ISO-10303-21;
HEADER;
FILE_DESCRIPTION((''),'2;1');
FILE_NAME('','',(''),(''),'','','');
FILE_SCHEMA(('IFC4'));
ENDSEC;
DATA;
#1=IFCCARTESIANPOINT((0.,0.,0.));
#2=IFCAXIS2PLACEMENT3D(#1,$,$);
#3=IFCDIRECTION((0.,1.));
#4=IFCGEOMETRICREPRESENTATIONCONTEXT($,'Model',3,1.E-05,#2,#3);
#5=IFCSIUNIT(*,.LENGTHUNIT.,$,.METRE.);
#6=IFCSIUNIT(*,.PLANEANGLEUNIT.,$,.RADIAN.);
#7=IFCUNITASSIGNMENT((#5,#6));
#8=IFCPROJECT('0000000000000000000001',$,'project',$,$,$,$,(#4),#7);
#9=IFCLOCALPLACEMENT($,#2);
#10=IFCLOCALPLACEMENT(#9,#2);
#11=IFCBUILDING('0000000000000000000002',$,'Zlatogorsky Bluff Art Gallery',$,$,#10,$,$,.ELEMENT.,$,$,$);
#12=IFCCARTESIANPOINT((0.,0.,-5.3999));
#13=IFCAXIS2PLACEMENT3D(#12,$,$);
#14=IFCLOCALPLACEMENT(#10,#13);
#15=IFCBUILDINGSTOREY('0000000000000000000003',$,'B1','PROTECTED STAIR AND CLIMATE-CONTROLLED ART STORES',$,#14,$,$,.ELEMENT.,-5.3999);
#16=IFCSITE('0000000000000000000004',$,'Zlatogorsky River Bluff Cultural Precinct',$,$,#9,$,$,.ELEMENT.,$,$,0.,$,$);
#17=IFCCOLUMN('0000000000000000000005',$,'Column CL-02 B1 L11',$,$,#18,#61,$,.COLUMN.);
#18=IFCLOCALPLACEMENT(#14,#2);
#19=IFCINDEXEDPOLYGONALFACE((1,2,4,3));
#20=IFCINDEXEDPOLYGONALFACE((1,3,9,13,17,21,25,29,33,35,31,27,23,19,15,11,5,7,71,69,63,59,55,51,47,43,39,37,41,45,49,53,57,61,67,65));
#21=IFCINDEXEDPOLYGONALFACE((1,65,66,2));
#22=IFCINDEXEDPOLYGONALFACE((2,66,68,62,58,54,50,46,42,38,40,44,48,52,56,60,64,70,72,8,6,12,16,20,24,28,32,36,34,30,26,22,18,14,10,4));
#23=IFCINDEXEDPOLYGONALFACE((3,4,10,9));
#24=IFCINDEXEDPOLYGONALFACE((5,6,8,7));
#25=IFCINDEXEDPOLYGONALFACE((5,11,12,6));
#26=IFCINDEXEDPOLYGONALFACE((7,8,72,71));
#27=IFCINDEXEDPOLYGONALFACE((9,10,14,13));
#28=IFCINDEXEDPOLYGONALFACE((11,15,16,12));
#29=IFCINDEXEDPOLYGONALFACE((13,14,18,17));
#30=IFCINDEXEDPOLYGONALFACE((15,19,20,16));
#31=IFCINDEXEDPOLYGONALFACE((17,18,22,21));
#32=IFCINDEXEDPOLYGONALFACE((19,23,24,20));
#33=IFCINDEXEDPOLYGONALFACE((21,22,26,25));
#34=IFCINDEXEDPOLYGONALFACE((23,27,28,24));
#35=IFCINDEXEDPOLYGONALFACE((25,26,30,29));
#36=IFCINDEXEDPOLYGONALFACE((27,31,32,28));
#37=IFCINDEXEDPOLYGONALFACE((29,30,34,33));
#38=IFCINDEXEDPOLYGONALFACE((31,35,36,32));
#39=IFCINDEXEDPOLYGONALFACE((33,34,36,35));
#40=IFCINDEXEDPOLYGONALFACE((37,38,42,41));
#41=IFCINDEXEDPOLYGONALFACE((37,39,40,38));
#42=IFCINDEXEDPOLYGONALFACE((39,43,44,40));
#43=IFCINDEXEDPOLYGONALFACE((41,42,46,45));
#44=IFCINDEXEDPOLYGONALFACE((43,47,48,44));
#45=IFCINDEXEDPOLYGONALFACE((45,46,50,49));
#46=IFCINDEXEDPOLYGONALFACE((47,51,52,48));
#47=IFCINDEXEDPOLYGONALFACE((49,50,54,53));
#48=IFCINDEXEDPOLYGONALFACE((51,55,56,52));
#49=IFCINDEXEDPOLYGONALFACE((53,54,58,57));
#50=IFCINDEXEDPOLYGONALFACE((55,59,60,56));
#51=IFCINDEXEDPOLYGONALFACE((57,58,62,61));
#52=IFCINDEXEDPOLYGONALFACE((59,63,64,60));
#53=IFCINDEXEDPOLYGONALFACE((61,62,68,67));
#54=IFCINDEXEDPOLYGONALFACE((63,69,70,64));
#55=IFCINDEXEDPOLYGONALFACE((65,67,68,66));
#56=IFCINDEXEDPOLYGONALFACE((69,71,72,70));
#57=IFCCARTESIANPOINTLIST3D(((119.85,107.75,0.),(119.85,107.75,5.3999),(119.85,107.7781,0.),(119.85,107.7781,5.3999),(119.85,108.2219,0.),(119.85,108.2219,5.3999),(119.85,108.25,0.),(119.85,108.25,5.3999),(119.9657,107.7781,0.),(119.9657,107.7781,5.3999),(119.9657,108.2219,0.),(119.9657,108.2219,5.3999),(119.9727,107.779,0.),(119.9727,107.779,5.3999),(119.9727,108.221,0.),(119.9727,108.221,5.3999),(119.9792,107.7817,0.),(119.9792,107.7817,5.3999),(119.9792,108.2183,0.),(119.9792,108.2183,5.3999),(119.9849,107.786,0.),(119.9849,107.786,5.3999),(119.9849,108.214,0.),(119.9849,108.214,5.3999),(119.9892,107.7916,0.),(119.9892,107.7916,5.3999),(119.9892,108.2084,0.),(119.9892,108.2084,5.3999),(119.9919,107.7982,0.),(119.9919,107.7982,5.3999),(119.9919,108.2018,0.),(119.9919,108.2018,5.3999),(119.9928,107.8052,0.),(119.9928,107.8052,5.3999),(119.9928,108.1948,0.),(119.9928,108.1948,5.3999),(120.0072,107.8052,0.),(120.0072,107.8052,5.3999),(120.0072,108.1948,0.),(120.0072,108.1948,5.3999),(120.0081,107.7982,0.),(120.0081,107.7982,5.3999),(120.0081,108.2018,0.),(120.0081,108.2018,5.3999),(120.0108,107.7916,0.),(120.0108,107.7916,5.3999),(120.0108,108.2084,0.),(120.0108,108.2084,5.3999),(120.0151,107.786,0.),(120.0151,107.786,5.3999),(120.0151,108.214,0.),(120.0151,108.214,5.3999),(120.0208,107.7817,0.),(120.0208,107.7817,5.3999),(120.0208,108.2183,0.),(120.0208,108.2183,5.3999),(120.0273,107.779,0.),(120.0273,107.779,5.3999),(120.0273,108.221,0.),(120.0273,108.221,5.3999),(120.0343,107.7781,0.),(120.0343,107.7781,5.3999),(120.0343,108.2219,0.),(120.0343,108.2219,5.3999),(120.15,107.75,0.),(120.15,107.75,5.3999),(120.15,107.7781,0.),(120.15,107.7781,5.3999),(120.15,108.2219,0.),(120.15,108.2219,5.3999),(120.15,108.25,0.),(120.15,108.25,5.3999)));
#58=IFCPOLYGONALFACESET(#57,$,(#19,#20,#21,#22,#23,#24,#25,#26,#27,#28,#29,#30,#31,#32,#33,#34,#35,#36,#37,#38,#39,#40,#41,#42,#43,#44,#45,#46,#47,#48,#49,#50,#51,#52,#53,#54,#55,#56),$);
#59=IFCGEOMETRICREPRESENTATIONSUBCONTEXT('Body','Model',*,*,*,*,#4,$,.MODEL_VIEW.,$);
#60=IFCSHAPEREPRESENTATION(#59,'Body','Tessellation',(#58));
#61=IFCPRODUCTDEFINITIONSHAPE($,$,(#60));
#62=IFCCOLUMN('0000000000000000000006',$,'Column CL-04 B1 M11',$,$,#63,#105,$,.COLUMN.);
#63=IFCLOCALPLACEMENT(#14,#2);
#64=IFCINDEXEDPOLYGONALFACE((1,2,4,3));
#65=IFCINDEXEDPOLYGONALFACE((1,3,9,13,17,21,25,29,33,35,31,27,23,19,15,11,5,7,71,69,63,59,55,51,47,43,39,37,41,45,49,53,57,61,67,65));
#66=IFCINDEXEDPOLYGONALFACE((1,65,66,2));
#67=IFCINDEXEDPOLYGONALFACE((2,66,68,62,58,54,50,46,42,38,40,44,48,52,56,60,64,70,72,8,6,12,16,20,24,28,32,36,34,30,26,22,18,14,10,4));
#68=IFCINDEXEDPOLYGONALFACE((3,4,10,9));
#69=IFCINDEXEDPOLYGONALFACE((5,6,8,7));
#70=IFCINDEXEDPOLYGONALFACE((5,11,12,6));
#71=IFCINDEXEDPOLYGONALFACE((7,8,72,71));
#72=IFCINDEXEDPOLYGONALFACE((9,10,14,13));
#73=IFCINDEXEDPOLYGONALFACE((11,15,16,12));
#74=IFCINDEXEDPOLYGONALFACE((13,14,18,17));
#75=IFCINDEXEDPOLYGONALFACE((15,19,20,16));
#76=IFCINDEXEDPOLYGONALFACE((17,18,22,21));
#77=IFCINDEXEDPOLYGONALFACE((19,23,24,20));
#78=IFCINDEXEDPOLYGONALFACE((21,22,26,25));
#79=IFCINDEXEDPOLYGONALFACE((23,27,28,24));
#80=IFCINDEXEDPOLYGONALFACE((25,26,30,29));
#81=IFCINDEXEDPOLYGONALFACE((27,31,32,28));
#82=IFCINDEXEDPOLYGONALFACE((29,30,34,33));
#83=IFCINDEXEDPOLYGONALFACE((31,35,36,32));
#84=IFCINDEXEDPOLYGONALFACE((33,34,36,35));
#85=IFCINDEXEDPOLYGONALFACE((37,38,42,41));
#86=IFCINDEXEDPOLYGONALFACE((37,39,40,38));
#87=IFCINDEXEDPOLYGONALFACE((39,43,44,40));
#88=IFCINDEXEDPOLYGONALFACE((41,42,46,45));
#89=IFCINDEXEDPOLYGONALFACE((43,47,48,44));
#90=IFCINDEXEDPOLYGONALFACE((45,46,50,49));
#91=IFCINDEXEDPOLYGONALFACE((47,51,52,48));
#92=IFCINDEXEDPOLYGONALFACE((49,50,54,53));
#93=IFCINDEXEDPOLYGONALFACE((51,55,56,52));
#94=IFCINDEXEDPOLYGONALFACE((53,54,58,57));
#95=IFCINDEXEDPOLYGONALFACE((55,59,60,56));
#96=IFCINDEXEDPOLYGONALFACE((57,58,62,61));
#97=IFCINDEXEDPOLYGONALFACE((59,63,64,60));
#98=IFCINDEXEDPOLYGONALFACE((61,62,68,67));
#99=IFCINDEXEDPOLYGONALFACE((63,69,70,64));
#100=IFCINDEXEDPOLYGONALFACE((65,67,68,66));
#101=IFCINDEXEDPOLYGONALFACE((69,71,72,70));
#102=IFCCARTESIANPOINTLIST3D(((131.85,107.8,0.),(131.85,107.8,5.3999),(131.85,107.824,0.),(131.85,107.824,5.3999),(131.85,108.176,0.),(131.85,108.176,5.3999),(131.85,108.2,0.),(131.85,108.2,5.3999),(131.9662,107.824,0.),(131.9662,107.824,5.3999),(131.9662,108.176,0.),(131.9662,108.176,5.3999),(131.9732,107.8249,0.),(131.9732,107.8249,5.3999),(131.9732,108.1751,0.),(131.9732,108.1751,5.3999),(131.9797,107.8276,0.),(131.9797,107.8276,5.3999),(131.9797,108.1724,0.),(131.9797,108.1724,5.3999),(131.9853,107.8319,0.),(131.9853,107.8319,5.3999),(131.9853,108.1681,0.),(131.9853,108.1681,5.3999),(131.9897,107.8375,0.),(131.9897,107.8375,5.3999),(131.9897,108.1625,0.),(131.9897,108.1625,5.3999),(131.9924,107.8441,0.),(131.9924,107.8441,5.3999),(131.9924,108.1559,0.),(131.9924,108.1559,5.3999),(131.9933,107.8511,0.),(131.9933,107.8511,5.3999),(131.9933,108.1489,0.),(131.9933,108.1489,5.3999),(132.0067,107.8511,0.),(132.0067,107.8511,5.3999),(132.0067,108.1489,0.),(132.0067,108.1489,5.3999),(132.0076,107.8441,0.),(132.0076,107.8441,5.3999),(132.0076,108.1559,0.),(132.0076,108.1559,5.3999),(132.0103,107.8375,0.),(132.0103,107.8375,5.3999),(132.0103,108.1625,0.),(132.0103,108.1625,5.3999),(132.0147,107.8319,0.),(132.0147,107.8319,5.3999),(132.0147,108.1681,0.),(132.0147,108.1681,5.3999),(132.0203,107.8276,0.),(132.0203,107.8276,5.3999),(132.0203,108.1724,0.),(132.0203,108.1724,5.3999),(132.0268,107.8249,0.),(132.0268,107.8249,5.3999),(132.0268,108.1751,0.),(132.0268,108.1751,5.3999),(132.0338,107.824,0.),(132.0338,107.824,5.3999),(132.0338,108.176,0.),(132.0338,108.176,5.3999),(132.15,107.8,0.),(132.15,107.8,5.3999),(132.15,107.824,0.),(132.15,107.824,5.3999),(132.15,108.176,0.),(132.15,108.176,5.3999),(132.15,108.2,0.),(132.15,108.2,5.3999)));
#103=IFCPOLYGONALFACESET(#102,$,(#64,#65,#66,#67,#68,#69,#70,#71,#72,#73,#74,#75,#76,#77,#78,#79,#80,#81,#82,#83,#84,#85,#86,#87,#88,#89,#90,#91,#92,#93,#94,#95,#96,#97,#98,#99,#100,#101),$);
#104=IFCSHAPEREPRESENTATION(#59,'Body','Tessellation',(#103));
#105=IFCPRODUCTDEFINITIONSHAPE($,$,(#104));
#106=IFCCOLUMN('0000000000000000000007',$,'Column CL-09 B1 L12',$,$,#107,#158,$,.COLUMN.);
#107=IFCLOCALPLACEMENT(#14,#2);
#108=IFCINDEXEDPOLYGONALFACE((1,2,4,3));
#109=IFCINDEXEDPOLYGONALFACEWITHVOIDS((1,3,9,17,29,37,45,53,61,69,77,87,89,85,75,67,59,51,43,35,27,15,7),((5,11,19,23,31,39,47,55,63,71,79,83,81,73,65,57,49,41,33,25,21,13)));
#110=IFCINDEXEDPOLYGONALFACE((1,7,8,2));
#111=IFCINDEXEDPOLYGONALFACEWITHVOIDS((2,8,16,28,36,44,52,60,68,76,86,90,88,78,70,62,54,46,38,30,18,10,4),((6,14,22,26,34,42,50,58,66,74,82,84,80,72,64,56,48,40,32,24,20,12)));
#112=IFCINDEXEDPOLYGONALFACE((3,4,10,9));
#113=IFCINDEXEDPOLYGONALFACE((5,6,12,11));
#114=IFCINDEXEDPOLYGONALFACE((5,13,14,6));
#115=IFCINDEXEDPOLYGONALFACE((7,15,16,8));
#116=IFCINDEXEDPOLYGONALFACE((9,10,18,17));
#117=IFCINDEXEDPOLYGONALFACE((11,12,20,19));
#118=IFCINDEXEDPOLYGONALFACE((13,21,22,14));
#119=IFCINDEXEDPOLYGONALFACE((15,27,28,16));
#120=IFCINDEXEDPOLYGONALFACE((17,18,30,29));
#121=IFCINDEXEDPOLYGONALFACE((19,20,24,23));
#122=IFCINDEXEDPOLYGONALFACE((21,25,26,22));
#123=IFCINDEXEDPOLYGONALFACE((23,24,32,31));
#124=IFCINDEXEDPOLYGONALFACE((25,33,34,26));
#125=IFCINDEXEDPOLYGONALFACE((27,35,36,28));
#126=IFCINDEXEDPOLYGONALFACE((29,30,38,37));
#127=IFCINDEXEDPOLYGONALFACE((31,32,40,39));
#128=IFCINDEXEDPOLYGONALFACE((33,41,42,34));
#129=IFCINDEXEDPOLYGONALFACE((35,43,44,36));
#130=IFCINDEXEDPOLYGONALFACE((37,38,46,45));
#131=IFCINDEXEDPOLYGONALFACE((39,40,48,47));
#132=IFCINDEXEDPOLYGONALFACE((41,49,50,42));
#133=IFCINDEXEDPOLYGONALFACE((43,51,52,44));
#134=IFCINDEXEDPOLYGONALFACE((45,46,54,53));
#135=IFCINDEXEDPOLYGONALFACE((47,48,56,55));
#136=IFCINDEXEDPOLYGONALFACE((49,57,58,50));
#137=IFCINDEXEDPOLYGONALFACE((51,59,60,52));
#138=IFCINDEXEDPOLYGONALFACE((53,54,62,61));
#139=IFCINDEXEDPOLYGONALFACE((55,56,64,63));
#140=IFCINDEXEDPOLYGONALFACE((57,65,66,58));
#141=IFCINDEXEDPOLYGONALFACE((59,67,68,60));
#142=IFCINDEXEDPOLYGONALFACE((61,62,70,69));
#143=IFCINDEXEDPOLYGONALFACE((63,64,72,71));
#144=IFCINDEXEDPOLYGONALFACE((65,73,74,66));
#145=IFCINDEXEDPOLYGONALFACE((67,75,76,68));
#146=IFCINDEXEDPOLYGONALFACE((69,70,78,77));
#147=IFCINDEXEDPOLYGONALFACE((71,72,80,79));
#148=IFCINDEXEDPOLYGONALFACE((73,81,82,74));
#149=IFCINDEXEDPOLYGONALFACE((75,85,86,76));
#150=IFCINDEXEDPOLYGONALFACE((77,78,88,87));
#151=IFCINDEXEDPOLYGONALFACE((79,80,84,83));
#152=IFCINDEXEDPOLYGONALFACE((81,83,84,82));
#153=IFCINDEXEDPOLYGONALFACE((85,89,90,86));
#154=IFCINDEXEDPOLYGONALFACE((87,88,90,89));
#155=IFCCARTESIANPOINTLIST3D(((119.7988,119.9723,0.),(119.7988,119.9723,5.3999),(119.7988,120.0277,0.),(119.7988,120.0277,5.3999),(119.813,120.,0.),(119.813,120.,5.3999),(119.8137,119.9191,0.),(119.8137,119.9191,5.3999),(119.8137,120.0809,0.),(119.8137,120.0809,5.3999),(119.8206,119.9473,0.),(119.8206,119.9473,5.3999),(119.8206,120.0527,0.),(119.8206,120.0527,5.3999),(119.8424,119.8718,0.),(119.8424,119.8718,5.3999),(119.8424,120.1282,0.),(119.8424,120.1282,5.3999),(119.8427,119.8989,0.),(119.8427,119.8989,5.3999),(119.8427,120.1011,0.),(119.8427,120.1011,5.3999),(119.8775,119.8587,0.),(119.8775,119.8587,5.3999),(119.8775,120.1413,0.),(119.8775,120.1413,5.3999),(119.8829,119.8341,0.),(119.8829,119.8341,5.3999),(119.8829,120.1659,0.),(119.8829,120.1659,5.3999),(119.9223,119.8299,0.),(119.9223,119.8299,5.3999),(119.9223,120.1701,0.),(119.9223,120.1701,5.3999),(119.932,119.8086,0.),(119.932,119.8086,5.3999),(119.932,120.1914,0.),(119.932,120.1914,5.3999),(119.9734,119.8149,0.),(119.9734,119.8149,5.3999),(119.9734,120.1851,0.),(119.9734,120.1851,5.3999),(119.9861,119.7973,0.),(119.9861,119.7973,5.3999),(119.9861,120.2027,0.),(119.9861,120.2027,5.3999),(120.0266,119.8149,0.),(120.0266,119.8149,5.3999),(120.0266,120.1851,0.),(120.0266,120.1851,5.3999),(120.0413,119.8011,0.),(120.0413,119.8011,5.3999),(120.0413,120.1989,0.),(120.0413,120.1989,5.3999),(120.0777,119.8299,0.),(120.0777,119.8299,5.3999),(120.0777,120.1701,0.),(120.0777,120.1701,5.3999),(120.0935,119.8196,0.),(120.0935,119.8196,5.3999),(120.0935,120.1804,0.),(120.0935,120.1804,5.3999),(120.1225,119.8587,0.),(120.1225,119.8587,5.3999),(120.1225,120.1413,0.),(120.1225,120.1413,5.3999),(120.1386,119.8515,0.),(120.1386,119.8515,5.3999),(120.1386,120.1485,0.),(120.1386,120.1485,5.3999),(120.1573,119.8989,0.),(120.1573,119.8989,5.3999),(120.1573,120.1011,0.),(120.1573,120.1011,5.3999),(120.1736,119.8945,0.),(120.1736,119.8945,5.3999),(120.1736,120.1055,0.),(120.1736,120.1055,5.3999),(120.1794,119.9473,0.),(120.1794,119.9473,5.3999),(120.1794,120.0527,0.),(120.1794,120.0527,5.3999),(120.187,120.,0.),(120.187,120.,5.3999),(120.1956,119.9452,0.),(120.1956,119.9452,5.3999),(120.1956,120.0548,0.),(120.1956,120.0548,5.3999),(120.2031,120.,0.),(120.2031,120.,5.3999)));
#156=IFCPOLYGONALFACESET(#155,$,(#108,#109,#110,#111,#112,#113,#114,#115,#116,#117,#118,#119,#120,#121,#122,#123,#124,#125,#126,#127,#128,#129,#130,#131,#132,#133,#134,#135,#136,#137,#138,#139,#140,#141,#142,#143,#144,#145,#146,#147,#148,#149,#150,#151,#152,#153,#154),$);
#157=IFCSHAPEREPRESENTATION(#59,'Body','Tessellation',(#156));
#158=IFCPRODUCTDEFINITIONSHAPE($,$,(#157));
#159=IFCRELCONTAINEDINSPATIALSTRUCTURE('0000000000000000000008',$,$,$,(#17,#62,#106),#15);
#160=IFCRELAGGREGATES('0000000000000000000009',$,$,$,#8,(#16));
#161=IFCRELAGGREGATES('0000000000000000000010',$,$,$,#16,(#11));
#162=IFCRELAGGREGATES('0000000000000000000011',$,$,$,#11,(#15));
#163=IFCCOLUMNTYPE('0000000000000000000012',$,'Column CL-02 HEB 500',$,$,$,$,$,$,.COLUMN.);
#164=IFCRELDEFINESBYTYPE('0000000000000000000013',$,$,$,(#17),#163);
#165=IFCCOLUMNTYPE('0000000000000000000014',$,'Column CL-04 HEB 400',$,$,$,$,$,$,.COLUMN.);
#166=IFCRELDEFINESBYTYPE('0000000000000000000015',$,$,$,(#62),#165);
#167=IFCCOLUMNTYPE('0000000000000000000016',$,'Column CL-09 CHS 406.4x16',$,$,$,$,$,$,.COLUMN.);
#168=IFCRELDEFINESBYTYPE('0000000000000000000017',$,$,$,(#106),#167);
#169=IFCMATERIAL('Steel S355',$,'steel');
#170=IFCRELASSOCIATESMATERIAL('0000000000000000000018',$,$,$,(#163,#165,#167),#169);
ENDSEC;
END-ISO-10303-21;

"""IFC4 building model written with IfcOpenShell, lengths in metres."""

from ifc_helpers import new_model, si_unit, direction, frame, origin, origin_2d, place, context, subcontext, project, spatial, hollow_circle, i_section, extrude, material, material_profile, profile_set, type_object, element, save


model = new_model("IFC4")

# Units and contexts
model_context = context("Model", 3, precision=1e-05, world=origin(), true_north=direction((0.0, 1.0)))
body_context = subcontext(model_context, "Body", "Model", "MODEL_VIEW")
ifc_project = project(units=[si_unit("LENGTHUNIT", "METRE"), si_unit("PLANEANGLEUNIT", "RADIAN")], contexts=[model_context])

# Site, building, storey
site_placement = place(None, origin())
site = spatial("IfcSite", under=ifc_project, at=site_placement, Name="Zlatogorsky River Bluff Cultural Precinct", CompositionType="ELEMENT", RefElevation=0.0)
building_placement = place(site_placement, origin())
building = spatial("IfcBuilding", under=site, at=building_placement, Name="Zlatogorsky Bluff Art Gallery", CompositionType="ELEMENT")
storey_placement = place(building_placement, frame((0.0, 0.0, -5.3999)))
storey = spatial("IfcBuildingStorey", under=building, at=storey_placement, Name="B1", Description="PROTECTED STAIR AND CLIMATE-CONTROLLED ART STORES", CompositionType="ELEMENT", Elevation=-5.3999)

# Columns
ifc_material_1 = material(Name="Steel S355", Category="steel")
ifc_material_profile_1 = material_profile(ifc_material_1, i_section(OverallWidth=0.3, OverallDepth=0.5, WebThickness=0.0144, FlangeThickness=0.0281, FilletRadius=0.0271, at=origin_2d()), Name="HEB 500")
ifc_profile_set_1 = profile_set([ifc_material_profile_1], Name="Steel S355")
column_type_1 = type_object("IfcColumnType", Name="Column CL-02 HEB 500", PredefinedType="COLUMN", material=ifc_profile_set_1)
column_1_placement = place(storey_placement, frame((120.0, 108.0, 0.0), z_axis=(0.0, 0.0, 1.0), x_axis=(1.0, 0.0, 0.0)))
element("IfcColumn", 1, at=column_1_placement, inside=storey, type_object=column_type_1, Name="Column CL-02 B1 L11", PredefinedType="COLUMN", context=body_context, shape_type="SweptSolid", body=[
    extrude(i_section(OverallWidth=0.3, OverallDepth=0.5, WebThickness=0.0144, FlangeThickness=0.0281, FilletRadius=0.0271, at=origin_2d()), origin(), (0.0, 0.0, 1.0), 5.3999),
])
ifc_material_profile_2 = material_profile(ifc_material_1, i_section(OverallWidth=0.3, OverallDepth=0.3999, WebThickness=0.0134, FlangeThickness=0.0239, FilletRadius=0.0271, at=origin_2d()), Name="HEB 400")
ifc_profile_set_2 = profile_set([ifc_material_profile_2], Name="Steel S355")
column_type_2 = type_object("IfcColumnType", Name="Column CL-04 HEB 400", PredefinedType="COLUMN", material=ifc_profile_set_2)
column_2_placement = place(storey_placement, frame((132.0, 108.0, 0.0), z_axis=(0.0, 0.0, 1.0), x_axis=(1.0, 0.0, 0.0)))
element("IfcColumn", 2, at=column_2_placement, inside=storey, type_object=column_type_2, Name="Column CL-04 B1 M11", PredefinedType="COLUMN", context=body_context, shape_type="SweptSolid", body=[
    extrude(i_section(OverallWidth=0.3, OverallDepth=0.3999, WebThickness=0.0134, FlangeThickness=0.0239, FilletRadius=0.0271, at=origin_2d()), origin(), (0.0, 0.0, 1.0), 5.3999),
])
ifc_material_profile_3 = material_profile(ifc_material_1, hollow_circle(Radius=0.2031, WallThickness=0.0161, at=origin_2d()), Name="CHS 406.4x16")
ifc_profile_set_3 = profile_set([ifc_material_profile_3], Name="Steel S355")
column_type_3 = type_object("IfcColumnType", Name="Column CL-09 CHS 406.4x16", PredefinedType="COLUMN", material=ifc_profile_set_3)
column_3_placement = place(storey_placement, frame((120.0, 120.0, 0.0), z_axis=(0.0, 0.0, 1.0), x_axis=(1.0, 0.0, 0.0)))
element("IfcColumn", 3, at=column_3_placement, inside=storey, type_object=column_type_3, Name="Column CL-09 B1 L12", PredefinedType="COLUMN", context=body_context, shape_type="SweptSolid", body=[
    extrude(hollow_circle(Radius=0.2031, WallThickness=0.0161, at=origin_2d()), origin(), (0.0, 0.0, 1.0), 5.3999),
])

save(model, "model.ifc")
